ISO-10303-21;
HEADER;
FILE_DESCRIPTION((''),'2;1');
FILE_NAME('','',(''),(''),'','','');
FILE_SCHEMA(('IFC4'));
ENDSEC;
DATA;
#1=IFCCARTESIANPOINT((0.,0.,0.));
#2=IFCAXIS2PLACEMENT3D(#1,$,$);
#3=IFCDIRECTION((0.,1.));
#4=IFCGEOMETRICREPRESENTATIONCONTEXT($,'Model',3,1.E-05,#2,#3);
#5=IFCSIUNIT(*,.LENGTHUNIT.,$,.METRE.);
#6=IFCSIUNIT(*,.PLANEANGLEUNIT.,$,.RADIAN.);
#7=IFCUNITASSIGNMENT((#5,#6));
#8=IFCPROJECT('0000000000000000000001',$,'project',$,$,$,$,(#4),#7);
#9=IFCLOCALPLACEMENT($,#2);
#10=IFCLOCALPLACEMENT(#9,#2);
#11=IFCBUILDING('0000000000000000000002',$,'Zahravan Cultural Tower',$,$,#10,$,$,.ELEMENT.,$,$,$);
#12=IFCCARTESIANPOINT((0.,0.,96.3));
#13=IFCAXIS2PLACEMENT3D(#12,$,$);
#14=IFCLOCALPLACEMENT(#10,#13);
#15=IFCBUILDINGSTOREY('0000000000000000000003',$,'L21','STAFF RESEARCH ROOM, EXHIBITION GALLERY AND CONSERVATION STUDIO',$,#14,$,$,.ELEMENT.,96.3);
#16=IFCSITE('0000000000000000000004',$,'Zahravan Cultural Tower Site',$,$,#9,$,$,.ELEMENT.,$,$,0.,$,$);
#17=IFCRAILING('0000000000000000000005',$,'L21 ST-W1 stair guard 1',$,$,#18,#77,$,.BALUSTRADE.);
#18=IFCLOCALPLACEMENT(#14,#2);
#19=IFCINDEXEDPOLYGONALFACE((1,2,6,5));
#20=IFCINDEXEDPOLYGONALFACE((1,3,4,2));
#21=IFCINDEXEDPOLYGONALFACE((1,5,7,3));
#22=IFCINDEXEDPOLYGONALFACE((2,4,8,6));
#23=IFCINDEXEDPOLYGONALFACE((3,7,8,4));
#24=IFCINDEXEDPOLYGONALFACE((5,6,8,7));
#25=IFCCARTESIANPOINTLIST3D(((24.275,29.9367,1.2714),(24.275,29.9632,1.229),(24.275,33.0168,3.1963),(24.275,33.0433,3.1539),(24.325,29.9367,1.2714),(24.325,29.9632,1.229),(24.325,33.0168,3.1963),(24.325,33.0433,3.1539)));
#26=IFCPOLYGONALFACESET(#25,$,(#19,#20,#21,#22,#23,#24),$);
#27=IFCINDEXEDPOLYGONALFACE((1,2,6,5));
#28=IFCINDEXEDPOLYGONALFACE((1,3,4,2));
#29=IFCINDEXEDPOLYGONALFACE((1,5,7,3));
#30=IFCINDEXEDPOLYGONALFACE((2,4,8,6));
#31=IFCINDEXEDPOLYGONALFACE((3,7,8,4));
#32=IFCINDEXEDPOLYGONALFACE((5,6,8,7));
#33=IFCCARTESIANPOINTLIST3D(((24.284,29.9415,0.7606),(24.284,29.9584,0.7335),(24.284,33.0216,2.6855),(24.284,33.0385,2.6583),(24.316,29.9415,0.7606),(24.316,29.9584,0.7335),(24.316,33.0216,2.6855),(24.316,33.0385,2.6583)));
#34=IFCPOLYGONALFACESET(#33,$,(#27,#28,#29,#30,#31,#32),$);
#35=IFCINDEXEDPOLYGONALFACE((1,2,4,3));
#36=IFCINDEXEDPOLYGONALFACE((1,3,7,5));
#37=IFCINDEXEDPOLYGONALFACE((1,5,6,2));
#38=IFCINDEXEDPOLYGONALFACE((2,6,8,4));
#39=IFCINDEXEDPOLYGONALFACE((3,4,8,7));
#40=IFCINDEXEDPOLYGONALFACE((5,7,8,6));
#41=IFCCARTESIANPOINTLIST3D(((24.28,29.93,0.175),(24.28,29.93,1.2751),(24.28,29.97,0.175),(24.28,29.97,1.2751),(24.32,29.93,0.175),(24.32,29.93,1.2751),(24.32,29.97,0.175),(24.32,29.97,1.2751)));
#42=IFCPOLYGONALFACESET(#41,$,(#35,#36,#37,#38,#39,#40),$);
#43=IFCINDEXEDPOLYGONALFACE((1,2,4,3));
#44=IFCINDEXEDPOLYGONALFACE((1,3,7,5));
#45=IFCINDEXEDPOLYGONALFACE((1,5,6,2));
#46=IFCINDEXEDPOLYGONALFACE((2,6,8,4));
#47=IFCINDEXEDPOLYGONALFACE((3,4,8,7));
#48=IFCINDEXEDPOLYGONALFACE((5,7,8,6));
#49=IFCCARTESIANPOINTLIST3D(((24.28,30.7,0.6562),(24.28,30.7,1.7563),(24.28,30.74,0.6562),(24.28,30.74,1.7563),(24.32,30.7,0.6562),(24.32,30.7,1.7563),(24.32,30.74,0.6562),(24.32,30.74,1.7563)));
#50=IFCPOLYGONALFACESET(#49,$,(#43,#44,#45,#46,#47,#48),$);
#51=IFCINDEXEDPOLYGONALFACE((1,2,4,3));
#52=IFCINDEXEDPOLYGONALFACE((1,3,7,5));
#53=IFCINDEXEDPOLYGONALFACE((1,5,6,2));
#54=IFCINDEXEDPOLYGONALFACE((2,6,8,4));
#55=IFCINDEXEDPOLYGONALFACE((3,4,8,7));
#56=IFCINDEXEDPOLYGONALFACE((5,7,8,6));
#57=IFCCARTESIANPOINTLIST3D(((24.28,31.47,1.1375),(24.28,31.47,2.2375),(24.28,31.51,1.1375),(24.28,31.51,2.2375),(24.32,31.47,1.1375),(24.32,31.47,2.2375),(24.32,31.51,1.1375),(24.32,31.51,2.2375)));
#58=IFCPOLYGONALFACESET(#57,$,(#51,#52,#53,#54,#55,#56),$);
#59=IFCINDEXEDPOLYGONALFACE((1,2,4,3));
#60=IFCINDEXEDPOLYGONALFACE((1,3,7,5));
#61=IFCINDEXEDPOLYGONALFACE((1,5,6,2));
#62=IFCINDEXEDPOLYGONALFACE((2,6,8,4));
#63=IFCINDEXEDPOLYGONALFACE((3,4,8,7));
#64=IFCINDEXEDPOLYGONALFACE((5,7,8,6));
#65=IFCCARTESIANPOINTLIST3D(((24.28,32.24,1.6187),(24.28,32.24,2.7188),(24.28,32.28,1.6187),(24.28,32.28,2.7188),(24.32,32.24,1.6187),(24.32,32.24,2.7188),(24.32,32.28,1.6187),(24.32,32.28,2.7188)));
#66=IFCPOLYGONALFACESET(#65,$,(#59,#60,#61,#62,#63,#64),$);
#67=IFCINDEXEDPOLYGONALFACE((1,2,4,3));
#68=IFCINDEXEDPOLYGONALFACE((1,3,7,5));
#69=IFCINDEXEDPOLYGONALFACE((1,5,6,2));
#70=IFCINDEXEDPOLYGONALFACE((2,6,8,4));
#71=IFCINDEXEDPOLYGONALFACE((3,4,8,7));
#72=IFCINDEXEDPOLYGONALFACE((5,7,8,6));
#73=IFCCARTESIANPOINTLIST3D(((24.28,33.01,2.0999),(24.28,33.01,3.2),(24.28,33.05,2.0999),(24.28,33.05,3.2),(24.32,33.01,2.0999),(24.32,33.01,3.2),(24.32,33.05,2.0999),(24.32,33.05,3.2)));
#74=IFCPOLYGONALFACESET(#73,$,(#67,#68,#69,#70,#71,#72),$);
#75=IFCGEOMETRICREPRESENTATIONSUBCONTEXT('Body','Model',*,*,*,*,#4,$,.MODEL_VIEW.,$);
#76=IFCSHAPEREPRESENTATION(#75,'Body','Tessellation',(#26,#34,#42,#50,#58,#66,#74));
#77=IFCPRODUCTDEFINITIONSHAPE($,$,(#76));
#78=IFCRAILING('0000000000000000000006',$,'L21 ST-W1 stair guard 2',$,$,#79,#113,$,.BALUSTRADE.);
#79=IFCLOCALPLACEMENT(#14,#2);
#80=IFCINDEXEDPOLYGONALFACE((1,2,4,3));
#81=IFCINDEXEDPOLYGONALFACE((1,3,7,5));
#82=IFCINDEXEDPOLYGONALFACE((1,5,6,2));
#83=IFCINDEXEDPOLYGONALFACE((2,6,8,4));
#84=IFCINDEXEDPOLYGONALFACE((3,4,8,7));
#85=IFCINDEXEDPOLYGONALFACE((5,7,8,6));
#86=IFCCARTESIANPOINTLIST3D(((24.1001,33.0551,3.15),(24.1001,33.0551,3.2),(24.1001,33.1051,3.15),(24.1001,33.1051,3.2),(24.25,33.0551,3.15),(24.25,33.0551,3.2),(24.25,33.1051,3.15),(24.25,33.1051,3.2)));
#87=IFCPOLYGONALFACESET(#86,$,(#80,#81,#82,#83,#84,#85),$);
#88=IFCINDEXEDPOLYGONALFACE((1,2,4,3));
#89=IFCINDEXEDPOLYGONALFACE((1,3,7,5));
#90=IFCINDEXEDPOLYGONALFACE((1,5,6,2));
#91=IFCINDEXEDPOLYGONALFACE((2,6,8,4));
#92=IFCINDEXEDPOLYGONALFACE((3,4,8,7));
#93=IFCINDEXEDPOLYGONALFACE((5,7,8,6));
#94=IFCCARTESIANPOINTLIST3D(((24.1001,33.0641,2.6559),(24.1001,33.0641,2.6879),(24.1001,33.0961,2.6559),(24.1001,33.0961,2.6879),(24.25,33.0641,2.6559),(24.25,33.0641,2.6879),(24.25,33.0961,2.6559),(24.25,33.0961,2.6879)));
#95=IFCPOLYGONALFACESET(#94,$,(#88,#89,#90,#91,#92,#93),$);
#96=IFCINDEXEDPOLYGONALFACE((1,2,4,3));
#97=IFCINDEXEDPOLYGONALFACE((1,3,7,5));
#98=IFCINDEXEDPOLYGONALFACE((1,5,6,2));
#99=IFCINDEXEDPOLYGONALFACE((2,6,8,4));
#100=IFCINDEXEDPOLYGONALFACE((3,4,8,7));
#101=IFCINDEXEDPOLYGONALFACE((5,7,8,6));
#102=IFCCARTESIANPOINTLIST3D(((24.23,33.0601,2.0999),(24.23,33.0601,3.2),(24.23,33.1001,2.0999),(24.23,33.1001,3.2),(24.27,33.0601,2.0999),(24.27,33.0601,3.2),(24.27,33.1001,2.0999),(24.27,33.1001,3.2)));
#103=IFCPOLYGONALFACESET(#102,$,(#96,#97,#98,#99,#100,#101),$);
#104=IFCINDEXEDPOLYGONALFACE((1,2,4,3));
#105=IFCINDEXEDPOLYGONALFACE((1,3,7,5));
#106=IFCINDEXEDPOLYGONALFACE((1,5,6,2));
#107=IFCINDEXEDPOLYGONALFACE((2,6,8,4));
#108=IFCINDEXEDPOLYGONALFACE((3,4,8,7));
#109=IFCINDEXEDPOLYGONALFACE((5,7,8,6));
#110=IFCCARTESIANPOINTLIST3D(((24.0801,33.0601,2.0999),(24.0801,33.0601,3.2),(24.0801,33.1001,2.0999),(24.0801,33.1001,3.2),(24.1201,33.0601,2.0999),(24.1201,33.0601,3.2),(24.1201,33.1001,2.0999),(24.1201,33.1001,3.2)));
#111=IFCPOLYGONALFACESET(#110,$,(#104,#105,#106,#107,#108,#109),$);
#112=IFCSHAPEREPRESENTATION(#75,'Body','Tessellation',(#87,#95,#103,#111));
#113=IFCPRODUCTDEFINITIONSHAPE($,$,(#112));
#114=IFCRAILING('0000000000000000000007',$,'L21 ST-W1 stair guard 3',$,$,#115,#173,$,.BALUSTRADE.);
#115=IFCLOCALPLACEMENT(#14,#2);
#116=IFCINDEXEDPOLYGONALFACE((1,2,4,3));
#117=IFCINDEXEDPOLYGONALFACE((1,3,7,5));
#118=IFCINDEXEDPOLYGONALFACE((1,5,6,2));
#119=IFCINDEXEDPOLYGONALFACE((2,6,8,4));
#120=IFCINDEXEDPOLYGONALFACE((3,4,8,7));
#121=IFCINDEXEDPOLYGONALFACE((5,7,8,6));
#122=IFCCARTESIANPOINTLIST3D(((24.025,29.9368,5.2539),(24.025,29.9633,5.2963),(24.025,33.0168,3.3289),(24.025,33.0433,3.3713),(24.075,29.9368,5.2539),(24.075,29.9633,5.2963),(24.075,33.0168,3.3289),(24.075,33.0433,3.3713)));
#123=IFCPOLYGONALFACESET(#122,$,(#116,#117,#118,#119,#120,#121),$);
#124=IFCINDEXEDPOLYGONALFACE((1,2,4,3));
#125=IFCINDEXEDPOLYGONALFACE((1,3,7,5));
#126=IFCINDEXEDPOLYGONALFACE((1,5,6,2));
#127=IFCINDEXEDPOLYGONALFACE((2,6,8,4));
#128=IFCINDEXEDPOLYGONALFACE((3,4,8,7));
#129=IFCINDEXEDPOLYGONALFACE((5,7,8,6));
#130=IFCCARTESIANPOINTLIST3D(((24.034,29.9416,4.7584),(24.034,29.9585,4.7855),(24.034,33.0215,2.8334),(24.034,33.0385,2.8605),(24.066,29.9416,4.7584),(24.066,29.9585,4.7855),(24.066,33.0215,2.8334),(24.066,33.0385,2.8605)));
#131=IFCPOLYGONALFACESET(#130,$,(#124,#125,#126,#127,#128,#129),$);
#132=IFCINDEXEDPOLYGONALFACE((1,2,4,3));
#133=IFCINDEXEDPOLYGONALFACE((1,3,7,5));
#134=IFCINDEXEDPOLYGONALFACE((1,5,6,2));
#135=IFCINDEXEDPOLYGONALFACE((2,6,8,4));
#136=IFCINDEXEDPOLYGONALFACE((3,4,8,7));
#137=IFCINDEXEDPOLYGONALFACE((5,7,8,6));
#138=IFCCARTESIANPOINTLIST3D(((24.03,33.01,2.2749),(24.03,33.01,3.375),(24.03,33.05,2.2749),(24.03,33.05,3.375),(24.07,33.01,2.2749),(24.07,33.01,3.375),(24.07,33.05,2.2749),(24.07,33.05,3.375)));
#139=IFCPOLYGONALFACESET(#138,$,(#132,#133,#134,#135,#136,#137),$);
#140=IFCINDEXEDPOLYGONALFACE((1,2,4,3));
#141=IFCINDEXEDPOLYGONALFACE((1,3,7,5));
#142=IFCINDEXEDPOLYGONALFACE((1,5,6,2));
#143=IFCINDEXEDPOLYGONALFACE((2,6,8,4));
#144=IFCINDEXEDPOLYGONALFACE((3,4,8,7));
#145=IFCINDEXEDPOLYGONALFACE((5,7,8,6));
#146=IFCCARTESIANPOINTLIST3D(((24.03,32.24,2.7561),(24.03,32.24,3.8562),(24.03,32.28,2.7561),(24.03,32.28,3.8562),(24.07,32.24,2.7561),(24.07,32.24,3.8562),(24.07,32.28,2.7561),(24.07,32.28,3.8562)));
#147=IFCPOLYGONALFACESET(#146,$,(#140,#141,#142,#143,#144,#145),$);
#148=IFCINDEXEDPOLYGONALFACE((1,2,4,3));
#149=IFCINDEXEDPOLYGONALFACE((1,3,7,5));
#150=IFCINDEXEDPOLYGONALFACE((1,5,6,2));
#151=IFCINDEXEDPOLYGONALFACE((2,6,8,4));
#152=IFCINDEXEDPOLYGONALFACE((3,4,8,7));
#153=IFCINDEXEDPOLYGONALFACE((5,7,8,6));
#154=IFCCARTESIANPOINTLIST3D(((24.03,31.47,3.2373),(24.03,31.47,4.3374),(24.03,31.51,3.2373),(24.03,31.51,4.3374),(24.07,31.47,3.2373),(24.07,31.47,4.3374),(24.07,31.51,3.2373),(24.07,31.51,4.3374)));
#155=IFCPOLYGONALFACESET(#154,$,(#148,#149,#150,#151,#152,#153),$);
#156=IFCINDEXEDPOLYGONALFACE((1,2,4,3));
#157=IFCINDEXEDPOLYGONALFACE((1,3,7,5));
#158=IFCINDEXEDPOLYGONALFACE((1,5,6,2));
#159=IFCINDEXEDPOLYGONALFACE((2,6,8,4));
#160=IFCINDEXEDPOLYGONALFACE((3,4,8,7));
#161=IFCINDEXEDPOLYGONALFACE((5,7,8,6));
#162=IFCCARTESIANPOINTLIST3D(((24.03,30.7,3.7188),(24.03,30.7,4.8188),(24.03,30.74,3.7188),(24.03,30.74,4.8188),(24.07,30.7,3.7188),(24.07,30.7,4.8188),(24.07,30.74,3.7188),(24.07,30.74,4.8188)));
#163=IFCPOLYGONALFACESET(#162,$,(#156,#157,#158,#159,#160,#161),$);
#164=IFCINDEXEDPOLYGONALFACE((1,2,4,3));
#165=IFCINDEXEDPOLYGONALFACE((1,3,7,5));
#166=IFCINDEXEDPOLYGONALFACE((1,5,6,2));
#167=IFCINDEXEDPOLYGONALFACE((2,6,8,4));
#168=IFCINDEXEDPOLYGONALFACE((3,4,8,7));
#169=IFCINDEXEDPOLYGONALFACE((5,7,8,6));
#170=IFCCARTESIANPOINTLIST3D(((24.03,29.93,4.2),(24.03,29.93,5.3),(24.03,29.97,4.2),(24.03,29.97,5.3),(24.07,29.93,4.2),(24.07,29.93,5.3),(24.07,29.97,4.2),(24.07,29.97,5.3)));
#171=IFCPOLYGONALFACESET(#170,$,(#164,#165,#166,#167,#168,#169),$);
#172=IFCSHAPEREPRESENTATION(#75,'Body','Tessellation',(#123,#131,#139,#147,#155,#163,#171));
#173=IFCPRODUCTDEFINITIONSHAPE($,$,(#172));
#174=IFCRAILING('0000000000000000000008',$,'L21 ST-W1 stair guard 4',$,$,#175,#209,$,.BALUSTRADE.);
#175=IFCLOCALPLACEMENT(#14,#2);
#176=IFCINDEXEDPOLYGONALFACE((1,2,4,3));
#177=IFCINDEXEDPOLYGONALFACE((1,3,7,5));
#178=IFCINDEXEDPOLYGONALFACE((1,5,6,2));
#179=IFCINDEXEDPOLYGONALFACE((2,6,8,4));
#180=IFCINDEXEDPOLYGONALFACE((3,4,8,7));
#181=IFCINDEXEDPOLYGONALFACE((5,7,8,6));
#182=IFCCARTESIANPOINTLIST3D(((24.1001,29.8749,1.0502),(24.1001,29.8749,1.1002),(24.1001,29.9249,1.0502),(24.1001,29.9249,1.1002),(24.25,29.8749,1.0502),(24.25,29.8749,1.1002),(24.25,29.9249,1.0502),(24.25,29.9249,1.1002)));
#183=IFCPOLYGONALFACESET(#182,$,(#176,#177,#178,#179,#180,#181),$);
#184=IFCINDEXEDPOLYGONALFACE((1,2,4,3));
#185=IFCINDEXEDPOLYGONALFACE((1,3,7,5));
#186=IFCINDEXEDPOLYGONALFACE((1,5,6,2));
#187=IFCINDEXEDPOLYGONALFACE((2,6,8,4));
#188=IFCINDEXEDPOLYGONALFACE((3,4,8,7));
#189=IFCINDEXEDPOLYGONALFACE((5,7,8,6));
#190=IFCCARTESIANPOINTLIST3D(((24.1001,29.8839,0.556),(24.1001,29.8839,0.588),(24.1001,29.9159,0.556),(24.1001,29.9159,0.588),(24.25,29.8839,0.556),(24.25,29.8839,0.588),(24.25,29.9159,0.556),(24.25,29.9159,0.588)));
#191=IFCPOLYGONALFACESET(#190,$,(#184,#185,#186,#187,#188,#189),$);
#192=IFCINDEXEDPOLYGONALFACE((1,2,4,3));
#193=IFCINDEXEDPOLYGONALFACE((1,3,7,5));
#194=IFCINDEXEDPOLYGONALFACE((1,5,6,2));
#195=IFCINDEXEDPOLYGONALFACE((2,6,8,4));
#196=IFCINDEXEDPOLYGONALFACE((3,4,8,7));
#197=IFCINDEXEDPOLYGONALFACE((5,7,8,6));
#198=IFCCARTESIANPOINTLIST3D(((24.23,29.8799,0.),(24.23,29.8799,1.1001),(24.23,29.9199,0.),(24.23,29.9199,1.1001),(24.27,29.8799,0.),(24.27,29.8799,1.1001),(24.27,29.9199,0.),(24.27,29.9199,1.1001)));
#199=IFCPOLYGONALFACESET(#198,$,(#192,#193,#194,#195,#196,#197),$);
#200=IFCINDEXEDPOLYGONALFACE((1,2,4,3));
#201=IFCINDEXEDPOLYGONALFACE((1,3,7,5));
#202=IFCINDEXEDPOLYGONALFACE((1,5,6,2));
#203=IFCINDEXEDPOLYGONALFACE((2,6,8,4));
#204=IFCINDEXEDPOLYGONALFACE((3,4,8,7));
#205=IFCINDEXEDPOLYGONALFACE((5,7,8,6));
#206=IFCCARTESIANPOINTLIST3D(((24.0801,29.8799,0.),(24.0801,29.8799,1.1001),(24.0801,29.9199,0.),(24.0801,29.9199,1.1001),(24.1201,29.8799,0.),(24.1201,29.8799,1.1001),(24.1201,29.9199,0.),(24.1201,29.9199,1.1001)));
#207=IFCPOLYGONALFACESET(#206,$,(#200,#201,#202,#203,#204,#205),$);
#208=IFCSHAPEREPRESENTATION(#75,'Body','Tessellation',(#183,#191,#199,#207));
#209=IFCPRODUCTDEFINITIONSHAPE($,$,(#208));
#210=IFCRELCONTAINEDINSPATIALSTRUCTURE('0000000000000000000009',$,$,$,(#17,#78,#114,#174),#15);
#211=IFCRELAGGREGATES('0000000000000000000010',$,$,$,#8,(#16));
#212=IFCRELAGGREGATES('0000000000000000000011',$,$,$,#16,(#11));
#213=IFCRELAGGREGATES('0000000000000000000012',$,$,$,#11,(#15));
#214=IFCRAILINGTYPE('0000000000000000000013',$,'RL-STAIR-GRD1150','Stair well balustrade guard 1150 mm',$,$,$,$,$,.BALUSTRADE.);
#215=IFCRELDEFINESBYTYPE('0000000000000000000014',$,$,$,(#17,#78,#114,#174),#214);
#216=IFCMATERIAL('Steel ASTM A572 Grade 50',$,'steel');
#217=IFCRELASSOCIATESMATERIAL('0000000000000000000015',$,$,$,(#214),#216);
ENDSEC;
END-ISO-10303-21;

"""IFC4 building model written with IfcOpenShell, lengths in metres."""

from ifc_helpers import new_model, si_unit, direction, frame, origin, origin_2d, place, context, subcontext, project, spatial, rectangle, extrude, material, type_object, element, save


model = new_model("IFC4")

# Units and contexts
model_context = context("Model", 3, precision=1e-05, world=origin(), true_north=direction((0.0, 1.0)))
body_context = subcontext(model_context, "Body", "Model", "MODEL_VIEW")
ifc_project = project(units=[si_unit("LENGTHUNIT", "METRE"), si_unit("PLANEANGLEUNIT", "RADIAN")], contexts=[model_context])

# Site, building, storey
site_placement = place(None, origin())
site = spatial("IfcSite", under=ifc_project, at=site_placement, Name="Zahravan Cultural Tower Site", CompositionType="ELEMENT", RefElevation=0.0)
building_placement = place(site_placement, origin())
building = spatial("IfcBuilding", under=site, at=building_placement, Name="Zahravan Cultural Tower", CompositionType="ELEMENT")
storey_placement = place(building_placement, frame((0.0, 0.0, 96.3)))
storey = spatial("IfcBuildingStorey", under=building, at=storey_placement, Name="L21", Description="STAFF RESEARCH ROOM, EXHIBITION GALLERY AND CONSERVATION STUDIO", CompositionType="ELEMENT", Elevation=96.3)

# Shared definitions
ifc_material_1 = material(Name="Steel ASTM A572 Grade 50", Category="steel")

# Railings
railing_type_1 = type_object("IfcRailingType", Name="RL-STAIR-GRD1150", Description="Stair well balustrade guard 1150 mm", PredefinedType="BALUSTRADE", material=ifc_material_1)
railing_1_placement = place(storey_placement, frame((24.3, 29.95, 0.175)))
element("IfcRailing", 1, at=railing_1_placement, inside=storey, type_object=railing_type_1, Name="L21 ST-W1 stair guard 1", PredefinedType="BALUSTRADE", context=body_context, shape_type="SweptSolid", body=[
    extrude(rectangle(XDim=0.05, YDim=0.05, at=origin_2d()), frame((0.0, 0.0, 1.0752), z_axis=(0.0, 0.848029, 0.529951), x_axis=(-1.0, 0.0, 0.0)), (0.0, 0.0, 1.0), 3.6321),
    extrude(rectangle(XDim=0.032, YDim=0.032, at=origin_2d()), frame((0.0, 0.0, 0.572), z_axis=(0.0, 0.848029, 0.529951), x_axis=(-1.0, 0.0, 0.0)), (0.0, 0.0, 1.0), 3.6321),
    extrude(rectangle(XDim=0.04, YDim=0.04, at=origin_2d()), origin(), (0.0, 0.0, 1.0), 1.1001),
    extrude(rectangle(XDim=0.04, YDim=0.04, at=origin_2d()), frame((0.0, 0.77, 0.4812)), (0.0, 0.0, 1.0), 1.1001),
    extrude(rectangle(XDim=0.04, YDim=0.04, at=origin_2d()), frame((0.0, 1.54, 0.9624)), (0.0, 0.0, 1.0), 1.1001),
    extrude(rectangle(XDim=0.04, YDim=0.04, at=origin_2d()), frame((0.0, 2.3101, 1.4436)), (0.0, 0.0, 1.0), 1.1001),
    extrude(rectangle(XDim=0.04, YDim=0.04, at=origin_2d()), frame((0.0, 3.0801, 1.9248)), (0.0, 0.0, 1.0), 1.1001),
])
railing_2_placement = place(storey_placement, frame((24.25, 33.0801, 2.0999)))
element("IfcRailing", 2, at=railing_2_placement, inside=storey, type_object=railing_type_1, Name="L21 ST-W1 stair guard 2", PredefinedType="BALUSTRADE", context=body_context, shape_type="SweptSolid", body=[
    extrude(rectangle(XDim=0.05, YDim=0.05, at=origin_2d()), frame((0.0, 0.0, 1.0752), z_axis=(-1.0, 0.0, 0.0), x_axis=(0.0, -1.0, 0.0)), (0.0, 0.0, 1.0), 0.1499),
    extrude(rectangle(XDim=0.032, YDim=0.032, at=origin_2d()), frame((0.0, 0.0, 0.572), z_axis=(-1.0, 0.0, 0.0), x_axis=(0.0, -1.0, 0.0)), (0.0, 0.0, 1.0), 0.1499),
    extrude(rectangle(XDim=0.04, YDim=0.04, at=origin_2d()), origin(), (0.0, 0.0, 1.0), 1.1001),
    extrude(rectangle(XDim=0.04, YDim=0.04, at=origin_2d()), frame((-0.1499, 0.0, 0.0)), (0.0, 0.0, 1.0), 1.1001),
])
railing_3_placement = place(storey_placement, frame((24.05, 33.03, 2.2749)))
element("IfcRailing", 3, at=railing_3_placement, inside=storey, type_object=railing_type_1, Name="L21 ST-W1 stair guard 3", PredefinedType="BALUSTRADE", context=body_context, shape_type="SweptSolid", body=[
    extrude(rectangle(XDim=0.05, YDim=0.05, at=origin_2d()), frame((0.0, 0.0, 1.0752), z_axis=(0.0, -0.847998, 0.529999), x_axis=(1.0, 0.0, 0.0)), (0.0, 0.0, 1.0), 3.6321),
    extrude(rectangle(XDim=0.032, YDim=0.032, at=origin_2d()), frame((0.0, 0.0, 0.572), z_axis=(0.0, -0.847998, 0.529999), x_axis=(1.0, 0.0, 0.0)), (0.0, 0.0, 1.0), 3.6321),
    extrude(rectangle(XDim=0.04, YDim=0.04, at=origin_2d()), origin(), (0.0, 0.0, 1.0), 1.1001),
    extrude(rectangle(XDim=0.04, YDim=0.04, at=origin_2d()), frame((0.0, -0.77, 0.4812)), (0.0, 0.0, 1.0), 1.1001),
    extrude(rectangle(XDim=0.04, YDim=0.04, at=origin_2d()), frame((0.0, -1.54, 0.9624)), (0.0, 0.0, 1.0), 1.1001),
    extrude(rectangle(XDim=0.04, YDim=0.04, at=origin_2d()), frame((0.0, -2.3101, 1.4438)), (0.0, 0.0, 1.0), 1.1001),
    extrude(rectangle(XDim=0.04, YDim=0.04, at=origin_2d()), frame((0.0, -3.0801, 1.925)), (0.0, 0.0, 1.0), 1.1001),
])
railing_4_placement = place(storey_placement, frame((24.25, 29.8999, 0.0)))
element("IfcRailing", 4, at=railing_4_placement, inside=storey, type_object=railing_type_1, Name="L21 ST-W1 stair guard 4", PredefinedType="BALUSTRADE", context=body_context, shape_type="SweptSolid", body=[
    extrude(rectangle(XDim=0.05, YDim=0.05, at=origin_2d()), frame((0.0, 0.0, 1.0752), z_axis=(-1.0, 0.0, 0.0), x_axis=(0.0, -1.0, 0.0)), (0.0, 0.0, 1.0), 0.1499),
    extrude(rectangle(XDim=0.032, YDim=0.032, at=origin_2d()), frame((0.0, 0.0, 0.572), z_axis=(-1.0, 0.0, 0.0), x_axis=(0.0, -1.0, 0.0)), (0.0, 0.0, 1.0), 0.1499),
    extrude(rectangle(XDim=0.04, YDim=0.04, at=origin_2d()), origin(), (0.0, 0.0, 1.0), 1.1001),
    extrude(rectangle(XDim=0.04, YDim=0.04, at=origin_2d()), frame((-0.1499, 0.0, 0.0)), (0.0, 0.0, 1.0), 1.1001),
])

save(model, "model.ifc")
